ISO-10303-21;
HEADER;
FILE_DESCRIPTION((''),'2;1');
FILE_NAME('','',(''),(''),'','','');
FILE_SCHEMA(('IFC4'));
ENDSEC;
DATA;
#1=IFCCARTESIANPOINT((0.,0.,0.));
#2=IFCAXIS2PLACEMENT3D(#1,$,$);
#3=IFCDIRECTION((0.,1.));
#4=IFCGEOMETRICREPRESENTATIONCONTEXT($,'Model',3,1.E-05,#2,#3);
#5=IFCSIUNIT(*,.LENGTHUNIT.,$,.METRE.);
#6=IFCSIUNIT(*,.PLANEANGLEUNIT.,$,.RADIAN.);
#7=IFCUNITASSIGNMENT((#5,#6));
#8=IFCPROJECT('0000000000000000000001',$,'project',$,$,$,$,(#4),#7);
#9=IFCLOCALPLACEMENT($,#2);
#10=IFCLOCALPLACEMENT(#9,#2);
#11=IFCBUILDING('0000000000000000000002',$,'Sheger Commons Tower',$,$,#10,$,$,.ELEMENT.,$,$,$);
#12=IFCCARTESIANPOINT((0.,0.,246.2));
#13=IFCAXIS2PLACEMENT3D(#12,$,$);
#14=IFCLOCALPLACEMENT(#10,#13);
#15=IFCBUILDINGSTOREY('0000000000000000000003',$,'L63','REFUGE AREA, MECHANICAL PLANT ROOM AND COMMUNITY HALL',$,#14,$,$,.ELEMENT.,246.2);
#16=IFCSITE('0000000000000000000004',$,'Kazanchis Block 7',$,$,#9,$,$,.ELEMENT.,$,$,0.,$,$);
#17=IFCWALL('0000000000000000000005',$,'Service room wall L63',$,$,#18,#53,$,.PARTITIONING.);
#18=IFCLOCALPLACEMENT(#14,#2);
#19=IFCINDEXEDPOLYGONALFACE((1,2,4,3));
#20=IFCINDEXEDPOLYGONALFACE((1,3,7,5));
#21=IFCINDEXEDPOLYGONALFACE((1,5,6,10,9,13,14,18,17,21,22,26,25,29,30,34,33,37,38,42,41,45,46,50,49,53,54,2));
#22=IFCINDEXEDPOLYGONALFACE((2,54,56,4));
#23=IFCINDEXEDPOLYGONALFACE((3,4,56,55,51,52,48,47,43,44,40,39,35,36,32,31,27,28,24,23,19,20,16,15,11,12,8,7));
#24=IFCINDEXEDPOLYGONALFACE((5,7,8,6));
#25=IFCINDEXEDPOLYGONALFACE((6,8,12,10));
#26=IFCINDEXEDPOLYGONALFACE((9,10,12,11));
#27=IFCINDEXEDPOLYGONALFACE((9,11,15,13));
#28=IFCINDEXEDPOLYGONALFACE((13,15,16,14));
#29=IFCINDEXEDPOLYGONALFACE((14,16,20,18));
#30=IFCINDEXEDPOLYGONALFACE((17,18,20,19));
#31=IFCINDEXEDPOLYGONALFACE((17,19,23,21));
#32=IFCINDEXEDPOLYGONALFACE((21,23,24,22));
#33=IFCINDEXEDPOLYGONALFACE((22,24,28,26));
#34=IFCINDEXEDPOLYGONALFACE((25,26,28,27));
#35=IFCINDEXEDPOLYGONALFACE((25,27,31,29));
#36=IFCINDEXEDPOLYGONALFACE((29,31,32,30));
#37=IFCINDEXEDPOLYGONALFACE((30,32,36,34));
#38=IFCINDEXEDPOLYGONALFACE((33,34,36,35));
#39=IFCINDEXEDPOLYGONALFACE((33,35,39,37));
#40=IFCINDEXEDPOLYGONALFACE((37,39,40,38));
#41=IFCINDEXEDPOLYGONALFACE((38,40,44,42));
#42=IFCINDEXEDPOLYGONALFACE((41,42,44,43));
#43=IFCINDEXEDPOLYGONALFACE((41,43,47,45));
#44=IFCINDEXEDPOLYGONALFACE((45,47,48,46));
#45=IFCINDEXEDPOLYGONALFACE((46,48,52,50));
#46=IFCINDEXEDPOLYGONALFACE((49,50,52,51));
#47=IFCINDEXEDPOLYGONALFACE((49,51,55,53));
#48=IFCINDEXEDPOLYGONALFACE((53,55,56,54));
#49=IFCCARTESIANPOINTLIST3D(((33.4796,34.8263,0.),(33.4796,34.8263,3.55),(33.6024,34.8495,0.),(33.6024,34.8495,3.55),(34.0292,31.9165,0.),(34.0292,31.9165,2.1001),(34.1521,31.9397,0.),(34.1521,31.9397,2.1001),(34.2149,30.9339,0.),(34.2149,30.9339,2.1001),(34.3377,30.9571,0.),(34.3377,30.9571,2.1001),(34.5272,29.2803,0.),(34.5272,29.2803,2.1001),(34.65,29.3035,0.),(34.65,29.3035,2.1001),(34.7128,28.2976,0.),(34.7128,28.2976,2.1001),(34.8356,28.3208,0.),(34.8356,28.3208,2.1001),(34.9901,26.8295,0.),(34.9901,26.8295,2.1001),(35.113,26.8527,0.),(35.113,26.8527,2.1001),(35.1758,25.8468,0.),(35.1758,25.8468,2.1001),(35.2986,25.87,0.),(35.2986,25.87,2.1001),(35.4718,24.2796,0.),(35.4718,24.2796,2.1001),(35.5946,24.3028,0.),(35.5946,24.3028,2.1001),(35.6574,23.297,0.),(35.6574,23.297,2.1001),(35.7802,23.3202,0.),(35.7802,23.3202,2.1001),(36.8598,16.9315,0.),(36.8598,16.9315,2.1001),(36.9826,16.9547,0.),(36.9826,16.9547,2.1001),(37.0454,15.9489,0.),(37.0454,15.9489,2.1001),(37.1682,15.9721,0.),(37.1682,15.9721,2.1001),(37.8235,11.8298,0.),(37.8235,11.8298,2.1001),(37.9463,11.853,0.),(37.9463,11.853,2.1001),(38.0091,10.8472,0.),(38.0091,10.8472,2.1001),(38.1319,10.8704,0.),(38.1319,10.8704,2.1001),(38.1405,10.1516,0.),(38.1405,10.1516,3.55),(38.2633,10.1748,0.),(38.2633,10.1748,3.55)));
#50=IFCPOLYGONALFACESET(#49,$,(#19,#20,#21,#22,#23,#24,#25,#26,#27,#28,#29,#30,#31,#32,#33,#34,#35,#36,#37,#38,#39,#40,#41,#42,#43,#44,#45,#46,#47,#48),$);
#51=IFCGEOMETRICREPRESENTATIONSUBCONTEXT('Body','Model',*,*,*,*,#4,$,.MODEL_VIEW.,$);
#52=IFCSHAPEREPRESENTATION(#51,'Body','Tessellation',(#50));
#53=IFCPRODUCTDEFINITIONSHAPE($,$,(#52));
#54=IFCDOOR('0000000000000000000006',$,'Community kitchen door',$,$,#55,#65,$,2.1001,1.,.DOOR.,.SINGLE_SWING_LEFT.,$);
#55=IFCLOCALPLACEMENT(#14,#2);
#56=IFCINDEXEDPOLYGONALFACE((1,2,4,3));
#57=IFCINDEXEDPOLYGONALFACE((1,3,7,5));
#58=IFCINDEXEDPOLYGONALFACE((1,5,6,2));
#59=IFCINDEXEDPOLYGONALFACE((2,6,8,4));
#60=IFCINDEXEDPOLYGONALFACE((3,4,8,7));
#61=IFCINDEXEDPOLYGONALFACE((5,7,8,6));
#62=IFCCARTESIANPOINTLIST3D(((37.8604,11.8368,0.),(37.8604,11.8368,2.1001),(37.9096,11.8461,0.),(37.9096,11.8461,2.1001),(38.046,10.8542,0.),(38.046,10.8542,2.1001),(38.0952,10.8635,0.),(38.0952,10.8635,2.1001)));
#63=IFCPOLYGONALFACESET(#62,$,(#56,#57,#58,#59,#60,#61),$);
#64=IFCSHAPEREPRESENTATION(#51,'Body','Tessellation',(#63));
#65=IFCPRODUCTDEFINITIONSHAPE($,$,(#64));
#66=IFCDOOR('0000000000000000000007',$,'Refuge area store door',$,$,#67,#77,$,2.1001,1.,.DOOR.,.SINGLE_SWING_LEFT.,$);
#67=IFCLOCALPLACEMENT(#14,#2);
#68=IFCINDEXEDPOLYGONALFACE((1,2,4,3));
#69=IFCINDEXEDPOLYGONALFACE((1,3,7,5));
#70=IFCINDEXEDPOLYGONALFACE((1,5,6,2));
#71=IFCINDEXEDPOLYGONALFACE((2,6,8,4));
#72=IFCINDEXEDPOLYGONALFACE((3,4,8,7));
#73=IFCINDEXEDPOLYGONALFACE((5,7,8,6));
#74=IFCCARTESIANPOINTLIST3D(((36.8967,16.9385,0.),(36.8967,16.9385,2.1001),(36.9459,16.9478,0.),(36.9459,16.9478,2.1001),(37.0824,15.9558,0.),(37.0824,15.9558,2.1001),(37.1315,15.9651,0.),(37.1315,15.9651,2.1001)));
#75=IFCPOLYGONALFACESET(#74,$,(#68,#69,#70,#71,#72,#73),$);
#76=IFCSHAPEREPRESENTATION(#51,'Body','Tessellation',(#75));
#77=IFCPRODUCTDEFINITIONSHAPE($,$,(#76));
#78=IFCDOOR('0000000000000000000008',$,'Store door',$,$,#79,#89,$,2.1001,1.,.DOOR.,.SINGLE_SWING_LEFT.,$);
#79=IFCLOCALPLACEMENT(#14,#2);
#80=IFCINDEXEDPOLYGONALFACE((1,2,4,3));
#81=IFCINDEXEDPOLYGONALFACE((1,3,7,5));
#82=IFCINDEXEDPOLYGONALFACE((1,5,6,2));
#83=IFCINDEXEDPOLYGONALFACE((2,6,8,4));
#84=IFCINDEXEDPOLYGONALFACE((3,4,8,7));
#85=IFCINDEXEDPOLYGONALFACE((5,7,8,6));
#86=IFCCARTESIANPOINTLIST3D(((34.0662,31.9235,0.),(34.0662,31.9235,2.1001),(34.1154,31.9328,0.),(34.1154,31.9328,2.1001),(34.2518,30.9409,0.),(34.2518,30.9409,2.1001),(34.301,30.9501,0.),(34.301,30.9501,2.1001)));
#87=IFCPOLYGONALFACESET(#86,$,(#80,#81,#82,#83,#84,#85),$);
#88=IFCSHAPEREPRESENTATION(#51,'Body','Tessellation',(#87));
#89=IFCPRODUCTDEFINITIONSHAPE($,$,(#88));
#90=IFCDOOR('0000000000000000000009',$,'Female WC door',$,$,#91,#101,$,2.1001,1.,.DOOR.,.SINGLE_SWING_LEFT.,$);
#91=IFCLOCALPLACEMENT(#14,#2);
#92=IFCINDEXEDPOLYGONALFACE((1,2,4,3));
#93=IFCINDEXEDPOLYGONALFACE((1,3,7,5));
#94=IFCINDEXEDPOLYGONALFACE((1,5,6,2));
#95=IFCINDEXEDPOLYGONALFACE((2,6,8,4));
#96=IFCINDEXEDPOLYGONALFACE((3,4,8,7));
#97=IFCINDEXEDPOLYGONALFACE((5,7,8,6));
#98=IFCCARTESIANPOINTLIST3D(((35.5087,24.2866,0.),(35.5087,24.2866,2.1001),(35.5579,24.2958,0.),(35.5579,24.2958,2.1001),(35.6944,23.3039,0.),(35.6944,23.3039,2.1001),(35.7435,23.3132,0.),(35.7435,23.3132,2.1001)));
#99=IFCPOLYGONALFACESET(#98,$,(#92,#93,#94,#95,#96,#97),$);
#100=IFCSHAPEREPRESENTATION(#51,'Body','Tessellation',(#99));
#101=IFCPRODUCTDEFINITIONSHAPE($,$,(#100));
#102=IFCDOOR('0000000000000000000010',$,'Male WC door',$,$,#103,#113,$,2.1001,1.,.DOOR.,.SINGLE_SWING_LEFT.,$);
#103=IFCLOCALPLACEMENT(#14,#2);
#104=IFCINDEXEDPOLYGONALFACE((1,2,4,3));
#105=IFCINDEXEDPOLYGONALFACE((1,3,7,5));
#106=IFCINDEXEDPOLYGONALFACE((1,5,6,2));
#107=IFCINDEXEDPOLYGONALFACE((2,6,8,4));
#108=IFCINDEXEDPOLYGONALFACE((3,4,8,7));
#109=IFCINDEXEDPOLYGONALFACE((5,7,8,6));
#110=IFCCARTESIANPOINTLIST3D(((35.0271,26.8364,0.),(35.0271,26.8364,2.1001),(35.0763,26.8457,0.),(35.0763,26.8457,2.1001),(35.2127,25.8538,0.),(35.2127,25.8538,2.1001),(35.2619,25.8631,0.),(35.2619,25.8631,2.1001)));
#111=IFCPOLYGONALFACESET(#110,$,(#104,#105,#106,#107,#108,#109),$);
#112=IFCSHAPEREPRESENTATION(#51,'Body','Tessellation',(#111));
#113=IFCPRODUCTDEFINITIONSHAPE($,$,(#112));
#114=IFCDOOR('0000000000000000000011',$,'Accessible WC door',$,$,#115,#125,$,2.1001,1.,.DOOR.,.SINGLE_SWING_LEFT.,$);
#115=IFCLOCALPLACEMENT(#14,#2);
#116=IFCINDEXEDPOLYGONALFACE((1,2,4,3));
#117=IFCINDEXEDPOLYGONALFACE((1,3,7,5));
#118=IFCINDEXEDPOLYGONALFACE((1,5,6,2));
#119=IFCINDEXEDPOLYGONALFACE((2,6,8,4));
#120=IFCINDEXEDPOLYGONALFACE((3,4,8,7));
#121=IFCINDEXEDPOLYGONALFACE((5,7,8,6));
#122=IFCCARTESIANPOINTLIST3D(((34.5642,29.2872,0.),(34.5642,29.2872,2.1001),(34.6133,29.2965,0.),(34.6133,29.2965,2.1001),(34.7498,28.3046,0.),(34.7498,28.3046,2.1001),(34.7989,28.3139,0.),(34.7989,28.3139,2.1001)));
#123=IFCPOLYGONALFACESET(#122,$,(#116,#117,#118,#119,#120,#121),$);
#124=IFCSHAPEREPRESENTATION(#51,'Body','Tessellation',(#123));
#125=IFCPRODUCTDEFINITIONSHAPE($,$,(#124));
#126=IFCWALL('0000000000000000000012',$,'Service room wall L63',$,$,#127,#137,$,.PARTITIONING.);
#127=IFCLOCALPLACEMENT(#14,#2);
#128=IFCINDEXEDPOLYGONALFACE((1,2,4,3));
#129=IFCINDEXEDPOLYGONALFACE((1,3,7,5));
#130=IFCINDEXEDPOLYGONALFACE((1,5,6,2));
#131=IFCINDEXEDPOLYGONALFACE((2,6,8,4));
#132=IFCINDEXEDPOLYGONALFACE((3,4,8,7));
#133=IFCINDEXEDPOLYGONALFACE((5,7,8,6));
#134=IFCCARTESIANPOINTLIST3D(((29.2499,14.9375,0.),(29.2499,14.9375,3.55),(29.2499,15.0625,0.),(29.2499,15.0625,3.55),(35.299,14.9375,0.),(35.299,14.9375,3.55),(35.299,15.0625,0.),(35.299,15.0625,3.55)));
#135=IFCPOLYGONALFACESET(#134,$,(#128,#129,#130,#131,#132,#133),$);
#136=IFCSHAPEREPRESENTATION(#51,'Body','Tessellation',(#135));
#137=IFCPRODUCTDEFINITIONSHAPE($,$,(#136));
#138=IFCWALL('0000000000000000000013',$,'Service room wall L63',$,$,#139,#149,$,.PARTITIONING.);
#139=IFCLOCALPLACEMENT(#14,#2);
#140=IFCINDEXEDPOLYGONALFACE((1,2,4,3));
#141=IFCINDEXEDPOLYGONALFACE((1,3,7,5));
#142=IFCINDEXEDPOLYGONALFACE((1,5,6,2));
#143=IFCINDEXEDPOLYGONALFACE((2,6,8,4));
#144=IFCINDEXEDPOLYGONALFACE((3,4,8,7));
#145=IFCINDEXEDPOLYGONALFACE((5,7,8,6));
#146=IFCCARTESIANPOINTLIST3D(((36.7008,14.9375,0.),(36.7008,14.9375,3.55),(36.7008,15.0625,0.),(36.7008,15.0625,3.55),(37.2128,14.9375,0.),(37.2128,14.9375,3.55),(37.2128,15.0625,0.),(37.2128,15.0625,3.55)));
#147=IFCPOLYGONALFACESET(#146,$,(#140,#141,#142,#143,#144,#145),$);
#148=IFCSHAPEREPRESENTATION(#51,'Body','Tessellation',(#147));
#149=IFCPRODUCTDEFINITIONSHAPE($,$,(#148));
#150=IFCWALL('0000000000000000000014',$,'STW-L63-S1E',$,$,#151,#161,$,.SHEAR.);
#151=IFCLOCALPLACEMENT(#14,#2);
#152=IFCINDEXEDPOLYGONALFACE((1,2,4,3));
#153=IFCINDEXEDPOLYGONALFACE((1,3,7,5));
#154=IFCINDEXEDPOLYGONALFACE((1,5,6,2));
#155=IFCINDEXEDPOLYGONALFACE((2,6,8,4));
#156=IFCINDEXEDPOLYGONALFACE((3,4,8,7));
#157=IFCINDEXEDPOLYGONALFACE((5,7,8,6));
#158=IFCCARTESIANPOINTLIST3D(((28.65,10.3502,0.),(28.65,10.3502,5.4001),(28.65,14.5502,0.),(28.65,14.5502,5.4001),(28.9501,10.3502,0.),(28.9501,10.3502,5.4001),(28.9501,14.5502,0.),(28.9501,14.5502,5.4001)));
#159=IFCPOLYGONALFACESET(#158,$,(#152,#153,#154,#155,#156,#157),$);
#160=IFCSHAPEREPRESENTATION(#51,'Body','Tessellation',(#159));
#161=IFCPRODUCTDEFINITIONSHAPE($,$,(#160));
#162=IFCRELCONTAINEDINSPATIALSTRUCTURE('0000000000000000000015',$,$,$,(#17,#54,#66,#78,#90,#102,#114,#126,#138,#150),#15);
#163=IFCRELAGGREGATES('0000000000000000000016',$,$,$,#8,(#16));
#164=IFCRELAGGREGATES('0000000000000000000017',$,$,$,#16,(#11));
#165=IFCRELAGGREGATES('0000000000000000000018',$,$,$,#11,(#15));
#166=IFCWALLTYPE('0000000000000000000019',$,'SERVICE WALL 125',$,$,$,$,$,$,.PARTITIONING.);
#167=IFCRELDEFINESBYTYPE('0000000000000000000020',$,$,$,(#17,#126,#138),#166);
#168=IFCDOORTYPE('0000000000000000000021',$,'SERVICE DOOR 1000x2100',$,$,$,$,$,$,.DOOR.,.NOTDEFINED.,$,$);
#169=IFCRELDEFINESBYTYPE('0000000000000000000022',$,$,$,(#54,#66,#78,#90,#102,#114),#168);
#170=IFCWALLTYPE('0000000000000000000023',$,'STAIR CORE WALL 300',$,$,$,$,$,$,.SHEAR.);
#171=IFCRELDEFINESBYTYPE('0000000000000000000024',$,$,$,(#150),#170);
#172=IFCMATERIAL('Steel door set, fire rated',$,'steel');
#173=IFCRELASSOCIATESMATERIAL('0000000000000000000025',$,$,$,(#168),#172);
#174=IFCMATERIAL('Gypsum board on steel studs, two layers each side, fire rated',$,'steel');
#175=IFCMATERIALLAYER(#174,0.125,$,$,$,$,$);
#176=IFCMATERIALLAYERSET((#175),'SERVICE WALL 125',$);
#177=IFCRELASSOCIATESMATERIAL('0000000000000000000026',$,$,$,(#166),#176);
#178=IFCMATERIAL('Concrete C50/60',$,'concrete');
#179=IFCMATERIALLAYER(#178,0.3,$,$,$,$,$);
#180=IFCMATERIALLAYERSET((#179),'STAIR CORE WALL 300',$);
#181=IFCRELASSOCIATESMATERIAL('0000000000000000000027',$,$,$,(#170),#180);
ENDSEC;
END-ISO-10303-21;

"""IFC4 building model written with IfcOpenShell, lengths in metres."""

from ifc_helpers import new_model, si_unit, direction, frame, frame_2d, origin, place, context, subcontext, project, spatial, rectangle, extrude, material, layer, layer_set, type_object, element, fill, save


model = new_model("IFC4")

# Units and contexts
model_context = context("Model", 3, precision=1e-05, world=origin(), true_north=direction((0.0, 1.0)))
body_context = subcontext(model_context, "Body", "Model", "MODEL_VIEW")
ifc_project = project(units=[si_unit("LENGTHUNIT", "METRE"), si_unit("PLANEANGLEUNIT", "RADIAN")], contexts=[model_context])

# Site, building, storey
site_placement = place(None, origin())
site = spatial("IfcSite", under=ifc_project, at=site_placement, Name="Kazanchis Block 7", CompositionType="ELEMENT", RefElevation=0.0)
building_placement = place(site_placement, origin())
building = spatial("IfcBuilding", under=site, at=building_placement, Name="Sheger Commons Tower", CompositionType="ELEMENT")
storey_placement = place(building_placement, frame((0.0, 0.0, 246.2)))
storey = spatial("IfcBuildingStorey", under=building, at=storey_placement, Name="L63", Description="REFUGE AREA, MECHANICAL PLANT ROOM AND COMMUNITY HALL", CompositionType="ELEMENT", Elevation=246.2)

# Shared definitions
ifc_material_1 = material(Name="Steel door set, fire rated", Category="steel")
door_type_1 = type_object("IfcDoorType", Name="SERVICE DOOR 1000x2100", OperationType="NOTDEFINED", PredefinedType="DOOR", material=ifc_material_1)

# Shared definitions
ifc_material_2 = material(Name="Gypsum board on steel studs, two layers each side, fire rated", Category="steel")
ifc_layer_1 = layer(ifc_material_2, 0.125)
ifc_layer_set_1 = layer_set([ifc_layer_1], Name="SERVICE WALL 125")
wall_type_1 = type_object("IfcWallType", Name="SERVICE WALL 125", PredefinedType="PARTITIONING", material=ifc_layer_set_1)

# Wall, openings, doors
wall_1_placement = place(storey_placement, frame((38.2019, 10.1631, 0.0), z_axis=(0.0, 0.0, 1.0), x_axis=(-0.18561, 0.982623, 0.0)))
wall_1 = element("IfcWall", 1, at=wall_1_placement, inside=storey, type_object=wall_type_1, Name="Service room wall L63", PredefinedType="PARTITIONING", context=body_context, shape_type="SweptSolid", body=[
    extrude(rectangle(XDim=25.1111, YDim=0.125, at=frame_2d((12.5557, 0.0))), origin(), (0.0, 0.0, 1.0), 3.55),
])
opening_1_placement = place(wall_1_placement, frame((0.708, 0.0, 0.0)))
opening_1 = element("IfcOpeningElement", 2, at=opening_1_placement, cuts=wall_1, PredefinedType="OPENING", context=body_context, shape_type="SweptSolid", body=[
    extrude(rectangle(XDim=1.0, YDim=2.1001, at=frame_2d((0.5, 1.05))), frame((0.0, 0.0725, 0.0), z_axis=(0.0, -1.0, 0.0), x_axis=(1.0, 0.0, 0.0)), (0.0, 0.0, 1.0), 0.145),
])
opening_2_placement = place(wall_1_placement, frame((5.8999, 0.0, 0.0)))
opening_2 = element("IfcOpeningElement", 3, at=opening_2_placement, cuts=wall_1, PredefinedType="OPENING", context=body_context, shape_type="SweptSolid", body=[
    extrude(rectangle(XDim=1.0, YDim=2.1001, at=frame_2d((0.5, 1.05))), frame((0.0, 0.0725, 0.0), z_axis=(0.0, -1.0, 0.0), x_axis=(1.0, 0.0, 0.0)), (0.0, 0.0, 1.0), 0.145),
])
opening_3_placement = place(wall_1_placement, frame((21.1499, 0.0, 0.0)))
opening_3 = element("IfcOpeningElement", 4, at=opening_3_placement, cuts=wall_1, PredefinedType="OPENING", context=body_context, shape_type="SweptSolid", body=[
    extrude(rectangle(XDim=1.0, YDim=2.1001, at=frame_2d((0.5, 1.05))), frame((0.0, 0.0725, 0.0), z_axis=(0.0, -1.0, 0.0), x_axis=(1.0, 0.0, 0.0)), (0.0, 0.0, 1.0), 0.145),
])
opening_4_placement = place(wall_1_placement, frame((13.3779, 0.0, 0.0)))
opening_4 = element("IfcOpeningElement", 5, at=opening_4_placement, cuts=wall_1, PredefinedType="OPENING", context=body_context, shape_type="SweptSolid", body=[
    extrude(rectangle(XDim=1.0, YDim=2.1001, at=frame_2d((0.5, 1.05))), frame((0.0, 0.0725, 0.0), z_axis=(0.0, -1.0, 0.0), x_axis=(1.0, 0.0, 0.0)), (0.0, 0.0, 1.0), 0.145),
])
opening_5_placement = place(wall_1_placement, frame((15.9729, 0.0, 0.0)))
opening_5 = element("IfcOpeningElement", 6, at=opening_5_placement, cuts=wall_1, PredefinedType="OPENING", context=body_context, shape_type="SweptSolid", body=[
    extrude(rectangle(XDim=1.0, YDim=2.1001, at=frame_2d((0.5, 1.05))), frame((0.0, 0.0725, 0.0), z_axis=(0.0, -1.0, 0.0), x_axis=(1.0, 0.0, 0.0)), (0.0, 0.0, 1.0), 0.145),
])
opening_6_placement = place(wall_1_placement, frame((18.467, 0.0, 0.0)))
opening_6 = element("IfcOpeningElement", 7, at=opening_6_placement, cuts=wall_1, PredefinedType="OPENING", context=body_context, shape_type="SweptSolid", body=[
    extrude(rectangle(XDim=1.0, YDim=2.1001, at=frame_2d((0.5, 1.05))), frame((0.0, 0.0725, 0.0), z_axis=(0.0, -1.0, 0.0), x_axis=(1.0, 0.0, 0.0)), (0.0, 0.0, 1.0), 0.145),
])
door_1_placement = place(opening_1_placement, origin())
door_1 = element("IfcDoor", 8, at=door_1_placement, inside=storey, type_object=door_type_1, Name="Community kitchen door", OperationType="SINGLE_SWING_LEFT", OverallHeight=2.1001, OverallWidth=1.0, PredefinedType="DOOR", context=body_context, shape_type="SweptSolid", body=[
    extrude(rectangle(XDim=1.0, YDim=2.1001, at=frame_2d((0.5, 1.05))), frame((0.0, 0.0249, 0.0), z_axis=(0.0, -1.0, 0.0), x_axis=(1.0, 0.0, 0.0)), (0.0, 0.0, 1.0), 0.05),
])
fill(opening_1, door_1)
door_2_placement = place(opening_2_placement, origin())
door_2 = element("IfcDoor", 9, at=door_2_placement, inside=storey, type_object=door_type_1, Name="Refuge area store door", OperationType="SINGLE_SWING_LEFT", OverallHeight=2.1001, OverallWidth=1.0, PredefinedType="DOOR", context=body_context, shape_type="SweptSolid", body=[
    extrude(rectangle(XDim=1.0, YDim=2.1001, at=frame_2d((0.5, 1.05))), frame((0.0, 0.0249, 0.0), z_axis=(0.0, -1.0, 0.0), x_axis=(1.0, 0.0, 0.0)), (0.0, 0.0, 1.0), 0.05),
])
fill(opening_2, door_2)
door_3_placement = place(opening_3_placement, origin())
door_3 = element("IfcDoor", 10, at=door_3_placement, inside=storey, type_object=door_type_1, Name="Store door", OperationType="SINGLE_SWING_LEFT", OverallHeight=2.1001, OverallWidth=1.0, PredefinedType="DOOR", context=body_context, shape_type="SweptSolid", body=[
    extrude(rectangle(XDim=1.0, YDim=2.1001, at=frame_2d((0.5, 1.05))), frame((0.0, 0.0249, 0.0), z_axis=(0.0, -1.0, 0.0), x_axis=(1.0, 0.0, 0.0)), (0.0, 0.0, 1.0), 0.05),
])
fill(opening_3, door_3)
door_4_placement = place(opening_4_placement, origin())
door_4 = element("IfcDoor", 11, at=door_4_placement, inside=storey, type_object=door_type_1, Name="Female WC door", OperationType="SINGLE_SWING_LEFT", OverallHeight=2.1001, OverallWidth=1.0, PredefinedType="DOOR", context=body_context, shape_type="SweptSolid", body=[
    extrude(rectangle(XDim=1.0, YDim=2.1001, at=frame_2d((0.5, 1.05))), frame((0.0, 0.0249, 0.0), z_axis=(0.0, -1.0, 0.0), x_axis=(1.0, 0.0, 0.0)), (0.0, 0.0, 1.0), 0.05),
])
fill(opening_4, door_4)
door_5_placement = place(opening_5_placement, origin())
door_5 = element("IfcDoor", 12, at=door_5_placement, inside=storey, type_object=door_type_1, Name="Male WC door", OperationType="SINGLE_SWING_LEFT", OverallHeight=2.1001, OverallWidth=1.0, PredefinedType="DOOR", context=body_context, shape_type="SweptSolid", body=[
    extrude(rectangle(XDim=1.0, YDim=2.1001, at=frame_2d((0.5, 1.05))), frame((0.0, 0.0249, 0.0), z_axis=(0.0, -1.0, 0.0), x_axis=(1.0, 0.0, 0.0)), (0.0, 0.0, 1.0), 0.05),
])
fill(opening_5, door_5)
door_6_placement = place(opening_6_placement, origin())
door_6 = element("IfcDoor", 13, at=door_6_placement, inside=storey, type_object=door_type_1, Name="Accessible WC door", OperationType="SINGLE_SWING_LEFT", OverallHeight=2.1001, OverallWidth=1.0, PredefinedType="DOOR", context=body_context, shape_type="SweptSolid", body=[
    extrude(rectangle(XDim=1.0, YDim=2.1001, at=frame_2d((0.5, 1.05))), frame((0.0, 0.0249, 0.0), z_axis=(0.0, -1.0, 0.0), x_axis=(1.0, 0.0, 0.0)), (0.0, 0.0, 1.0), 0.05),
])
fill(opening_6, door_6)

# Walls
wall_2_placement = place(storey_placement, frame((29.25, 15.0, 0.0), z_axis=(0.0, 0.0, 1.0), x_axis=(1.0, 0.0, 0.0)))
element("IfcWall", 14, at=wall_2_placement, inside=storey, type_object=wall_type_1, Name="Service room wall L63", PredefinedType="PARTITIONING", context=body_context, shape_type="SweptSolid", body=[
    extrude(rectangle(XDim=6.0491, YDim=0.125, at=frame_2d((3.0244, 0.0))), origin(), (0.0, 0.0, 1.0), 3.55),
])
wall_3_placement = place(storey_placement, frame((36.7009, 15.0, 0.0), z_axis=(0.0, 0.0, 1.0), x_axis=(1.0, 0.0, 0.0)))
element("IfcWall", 15, at=wall_3_placement, inside=storey, type_object=wall_type_1, Name="Service room wall L63", PredefinedType="PARTITIONING", context=body_context, shape_type="SweptSolid", body=[
    extrude(rectangle(XDim=0.512, YDim=0.125, at=frame_2d((0.2559, 0.0))), origin(), (0.0, 0.0, 1.0), 3.55),
])
ifc_material_3 = material(Name="Concrete C50/60", Category="concrete")
ifc_layer_2 = layer(ifc_material_3, 0.3)
ifc_layer_set_2 = layer_set([ifc_layer_2], Name="STAIR CORE WALL 300")
wall_type_2 = type_object("IfcWallType", Name="STAIR CORE WALL 300", PredefinedType="SHEAR", material=ifc_layer_set_2)
wall_4_placement = place(storey_placement, frame((28.8, 10.3501, 0.0), z_axis=(0.0, 0.0, 1.0), x_axis=(0.0, 1.0, 0.0)))
element("IfcWall", 16, at=wall_4_placement, inside=storey, type_object=wall_type_2, Name="STW-L63-S1E", PredefinedType="SHEAR", context=body_context, shape_type="SweptSolid", body=[
    extrude(rectangle(XDim=4.2, YDim=0.3, at=frame_2d((2.1001, 0.0))), origin(), (0.0, 0.0, 1.0), 5.4001),
])

save(model, "model.ifc")
